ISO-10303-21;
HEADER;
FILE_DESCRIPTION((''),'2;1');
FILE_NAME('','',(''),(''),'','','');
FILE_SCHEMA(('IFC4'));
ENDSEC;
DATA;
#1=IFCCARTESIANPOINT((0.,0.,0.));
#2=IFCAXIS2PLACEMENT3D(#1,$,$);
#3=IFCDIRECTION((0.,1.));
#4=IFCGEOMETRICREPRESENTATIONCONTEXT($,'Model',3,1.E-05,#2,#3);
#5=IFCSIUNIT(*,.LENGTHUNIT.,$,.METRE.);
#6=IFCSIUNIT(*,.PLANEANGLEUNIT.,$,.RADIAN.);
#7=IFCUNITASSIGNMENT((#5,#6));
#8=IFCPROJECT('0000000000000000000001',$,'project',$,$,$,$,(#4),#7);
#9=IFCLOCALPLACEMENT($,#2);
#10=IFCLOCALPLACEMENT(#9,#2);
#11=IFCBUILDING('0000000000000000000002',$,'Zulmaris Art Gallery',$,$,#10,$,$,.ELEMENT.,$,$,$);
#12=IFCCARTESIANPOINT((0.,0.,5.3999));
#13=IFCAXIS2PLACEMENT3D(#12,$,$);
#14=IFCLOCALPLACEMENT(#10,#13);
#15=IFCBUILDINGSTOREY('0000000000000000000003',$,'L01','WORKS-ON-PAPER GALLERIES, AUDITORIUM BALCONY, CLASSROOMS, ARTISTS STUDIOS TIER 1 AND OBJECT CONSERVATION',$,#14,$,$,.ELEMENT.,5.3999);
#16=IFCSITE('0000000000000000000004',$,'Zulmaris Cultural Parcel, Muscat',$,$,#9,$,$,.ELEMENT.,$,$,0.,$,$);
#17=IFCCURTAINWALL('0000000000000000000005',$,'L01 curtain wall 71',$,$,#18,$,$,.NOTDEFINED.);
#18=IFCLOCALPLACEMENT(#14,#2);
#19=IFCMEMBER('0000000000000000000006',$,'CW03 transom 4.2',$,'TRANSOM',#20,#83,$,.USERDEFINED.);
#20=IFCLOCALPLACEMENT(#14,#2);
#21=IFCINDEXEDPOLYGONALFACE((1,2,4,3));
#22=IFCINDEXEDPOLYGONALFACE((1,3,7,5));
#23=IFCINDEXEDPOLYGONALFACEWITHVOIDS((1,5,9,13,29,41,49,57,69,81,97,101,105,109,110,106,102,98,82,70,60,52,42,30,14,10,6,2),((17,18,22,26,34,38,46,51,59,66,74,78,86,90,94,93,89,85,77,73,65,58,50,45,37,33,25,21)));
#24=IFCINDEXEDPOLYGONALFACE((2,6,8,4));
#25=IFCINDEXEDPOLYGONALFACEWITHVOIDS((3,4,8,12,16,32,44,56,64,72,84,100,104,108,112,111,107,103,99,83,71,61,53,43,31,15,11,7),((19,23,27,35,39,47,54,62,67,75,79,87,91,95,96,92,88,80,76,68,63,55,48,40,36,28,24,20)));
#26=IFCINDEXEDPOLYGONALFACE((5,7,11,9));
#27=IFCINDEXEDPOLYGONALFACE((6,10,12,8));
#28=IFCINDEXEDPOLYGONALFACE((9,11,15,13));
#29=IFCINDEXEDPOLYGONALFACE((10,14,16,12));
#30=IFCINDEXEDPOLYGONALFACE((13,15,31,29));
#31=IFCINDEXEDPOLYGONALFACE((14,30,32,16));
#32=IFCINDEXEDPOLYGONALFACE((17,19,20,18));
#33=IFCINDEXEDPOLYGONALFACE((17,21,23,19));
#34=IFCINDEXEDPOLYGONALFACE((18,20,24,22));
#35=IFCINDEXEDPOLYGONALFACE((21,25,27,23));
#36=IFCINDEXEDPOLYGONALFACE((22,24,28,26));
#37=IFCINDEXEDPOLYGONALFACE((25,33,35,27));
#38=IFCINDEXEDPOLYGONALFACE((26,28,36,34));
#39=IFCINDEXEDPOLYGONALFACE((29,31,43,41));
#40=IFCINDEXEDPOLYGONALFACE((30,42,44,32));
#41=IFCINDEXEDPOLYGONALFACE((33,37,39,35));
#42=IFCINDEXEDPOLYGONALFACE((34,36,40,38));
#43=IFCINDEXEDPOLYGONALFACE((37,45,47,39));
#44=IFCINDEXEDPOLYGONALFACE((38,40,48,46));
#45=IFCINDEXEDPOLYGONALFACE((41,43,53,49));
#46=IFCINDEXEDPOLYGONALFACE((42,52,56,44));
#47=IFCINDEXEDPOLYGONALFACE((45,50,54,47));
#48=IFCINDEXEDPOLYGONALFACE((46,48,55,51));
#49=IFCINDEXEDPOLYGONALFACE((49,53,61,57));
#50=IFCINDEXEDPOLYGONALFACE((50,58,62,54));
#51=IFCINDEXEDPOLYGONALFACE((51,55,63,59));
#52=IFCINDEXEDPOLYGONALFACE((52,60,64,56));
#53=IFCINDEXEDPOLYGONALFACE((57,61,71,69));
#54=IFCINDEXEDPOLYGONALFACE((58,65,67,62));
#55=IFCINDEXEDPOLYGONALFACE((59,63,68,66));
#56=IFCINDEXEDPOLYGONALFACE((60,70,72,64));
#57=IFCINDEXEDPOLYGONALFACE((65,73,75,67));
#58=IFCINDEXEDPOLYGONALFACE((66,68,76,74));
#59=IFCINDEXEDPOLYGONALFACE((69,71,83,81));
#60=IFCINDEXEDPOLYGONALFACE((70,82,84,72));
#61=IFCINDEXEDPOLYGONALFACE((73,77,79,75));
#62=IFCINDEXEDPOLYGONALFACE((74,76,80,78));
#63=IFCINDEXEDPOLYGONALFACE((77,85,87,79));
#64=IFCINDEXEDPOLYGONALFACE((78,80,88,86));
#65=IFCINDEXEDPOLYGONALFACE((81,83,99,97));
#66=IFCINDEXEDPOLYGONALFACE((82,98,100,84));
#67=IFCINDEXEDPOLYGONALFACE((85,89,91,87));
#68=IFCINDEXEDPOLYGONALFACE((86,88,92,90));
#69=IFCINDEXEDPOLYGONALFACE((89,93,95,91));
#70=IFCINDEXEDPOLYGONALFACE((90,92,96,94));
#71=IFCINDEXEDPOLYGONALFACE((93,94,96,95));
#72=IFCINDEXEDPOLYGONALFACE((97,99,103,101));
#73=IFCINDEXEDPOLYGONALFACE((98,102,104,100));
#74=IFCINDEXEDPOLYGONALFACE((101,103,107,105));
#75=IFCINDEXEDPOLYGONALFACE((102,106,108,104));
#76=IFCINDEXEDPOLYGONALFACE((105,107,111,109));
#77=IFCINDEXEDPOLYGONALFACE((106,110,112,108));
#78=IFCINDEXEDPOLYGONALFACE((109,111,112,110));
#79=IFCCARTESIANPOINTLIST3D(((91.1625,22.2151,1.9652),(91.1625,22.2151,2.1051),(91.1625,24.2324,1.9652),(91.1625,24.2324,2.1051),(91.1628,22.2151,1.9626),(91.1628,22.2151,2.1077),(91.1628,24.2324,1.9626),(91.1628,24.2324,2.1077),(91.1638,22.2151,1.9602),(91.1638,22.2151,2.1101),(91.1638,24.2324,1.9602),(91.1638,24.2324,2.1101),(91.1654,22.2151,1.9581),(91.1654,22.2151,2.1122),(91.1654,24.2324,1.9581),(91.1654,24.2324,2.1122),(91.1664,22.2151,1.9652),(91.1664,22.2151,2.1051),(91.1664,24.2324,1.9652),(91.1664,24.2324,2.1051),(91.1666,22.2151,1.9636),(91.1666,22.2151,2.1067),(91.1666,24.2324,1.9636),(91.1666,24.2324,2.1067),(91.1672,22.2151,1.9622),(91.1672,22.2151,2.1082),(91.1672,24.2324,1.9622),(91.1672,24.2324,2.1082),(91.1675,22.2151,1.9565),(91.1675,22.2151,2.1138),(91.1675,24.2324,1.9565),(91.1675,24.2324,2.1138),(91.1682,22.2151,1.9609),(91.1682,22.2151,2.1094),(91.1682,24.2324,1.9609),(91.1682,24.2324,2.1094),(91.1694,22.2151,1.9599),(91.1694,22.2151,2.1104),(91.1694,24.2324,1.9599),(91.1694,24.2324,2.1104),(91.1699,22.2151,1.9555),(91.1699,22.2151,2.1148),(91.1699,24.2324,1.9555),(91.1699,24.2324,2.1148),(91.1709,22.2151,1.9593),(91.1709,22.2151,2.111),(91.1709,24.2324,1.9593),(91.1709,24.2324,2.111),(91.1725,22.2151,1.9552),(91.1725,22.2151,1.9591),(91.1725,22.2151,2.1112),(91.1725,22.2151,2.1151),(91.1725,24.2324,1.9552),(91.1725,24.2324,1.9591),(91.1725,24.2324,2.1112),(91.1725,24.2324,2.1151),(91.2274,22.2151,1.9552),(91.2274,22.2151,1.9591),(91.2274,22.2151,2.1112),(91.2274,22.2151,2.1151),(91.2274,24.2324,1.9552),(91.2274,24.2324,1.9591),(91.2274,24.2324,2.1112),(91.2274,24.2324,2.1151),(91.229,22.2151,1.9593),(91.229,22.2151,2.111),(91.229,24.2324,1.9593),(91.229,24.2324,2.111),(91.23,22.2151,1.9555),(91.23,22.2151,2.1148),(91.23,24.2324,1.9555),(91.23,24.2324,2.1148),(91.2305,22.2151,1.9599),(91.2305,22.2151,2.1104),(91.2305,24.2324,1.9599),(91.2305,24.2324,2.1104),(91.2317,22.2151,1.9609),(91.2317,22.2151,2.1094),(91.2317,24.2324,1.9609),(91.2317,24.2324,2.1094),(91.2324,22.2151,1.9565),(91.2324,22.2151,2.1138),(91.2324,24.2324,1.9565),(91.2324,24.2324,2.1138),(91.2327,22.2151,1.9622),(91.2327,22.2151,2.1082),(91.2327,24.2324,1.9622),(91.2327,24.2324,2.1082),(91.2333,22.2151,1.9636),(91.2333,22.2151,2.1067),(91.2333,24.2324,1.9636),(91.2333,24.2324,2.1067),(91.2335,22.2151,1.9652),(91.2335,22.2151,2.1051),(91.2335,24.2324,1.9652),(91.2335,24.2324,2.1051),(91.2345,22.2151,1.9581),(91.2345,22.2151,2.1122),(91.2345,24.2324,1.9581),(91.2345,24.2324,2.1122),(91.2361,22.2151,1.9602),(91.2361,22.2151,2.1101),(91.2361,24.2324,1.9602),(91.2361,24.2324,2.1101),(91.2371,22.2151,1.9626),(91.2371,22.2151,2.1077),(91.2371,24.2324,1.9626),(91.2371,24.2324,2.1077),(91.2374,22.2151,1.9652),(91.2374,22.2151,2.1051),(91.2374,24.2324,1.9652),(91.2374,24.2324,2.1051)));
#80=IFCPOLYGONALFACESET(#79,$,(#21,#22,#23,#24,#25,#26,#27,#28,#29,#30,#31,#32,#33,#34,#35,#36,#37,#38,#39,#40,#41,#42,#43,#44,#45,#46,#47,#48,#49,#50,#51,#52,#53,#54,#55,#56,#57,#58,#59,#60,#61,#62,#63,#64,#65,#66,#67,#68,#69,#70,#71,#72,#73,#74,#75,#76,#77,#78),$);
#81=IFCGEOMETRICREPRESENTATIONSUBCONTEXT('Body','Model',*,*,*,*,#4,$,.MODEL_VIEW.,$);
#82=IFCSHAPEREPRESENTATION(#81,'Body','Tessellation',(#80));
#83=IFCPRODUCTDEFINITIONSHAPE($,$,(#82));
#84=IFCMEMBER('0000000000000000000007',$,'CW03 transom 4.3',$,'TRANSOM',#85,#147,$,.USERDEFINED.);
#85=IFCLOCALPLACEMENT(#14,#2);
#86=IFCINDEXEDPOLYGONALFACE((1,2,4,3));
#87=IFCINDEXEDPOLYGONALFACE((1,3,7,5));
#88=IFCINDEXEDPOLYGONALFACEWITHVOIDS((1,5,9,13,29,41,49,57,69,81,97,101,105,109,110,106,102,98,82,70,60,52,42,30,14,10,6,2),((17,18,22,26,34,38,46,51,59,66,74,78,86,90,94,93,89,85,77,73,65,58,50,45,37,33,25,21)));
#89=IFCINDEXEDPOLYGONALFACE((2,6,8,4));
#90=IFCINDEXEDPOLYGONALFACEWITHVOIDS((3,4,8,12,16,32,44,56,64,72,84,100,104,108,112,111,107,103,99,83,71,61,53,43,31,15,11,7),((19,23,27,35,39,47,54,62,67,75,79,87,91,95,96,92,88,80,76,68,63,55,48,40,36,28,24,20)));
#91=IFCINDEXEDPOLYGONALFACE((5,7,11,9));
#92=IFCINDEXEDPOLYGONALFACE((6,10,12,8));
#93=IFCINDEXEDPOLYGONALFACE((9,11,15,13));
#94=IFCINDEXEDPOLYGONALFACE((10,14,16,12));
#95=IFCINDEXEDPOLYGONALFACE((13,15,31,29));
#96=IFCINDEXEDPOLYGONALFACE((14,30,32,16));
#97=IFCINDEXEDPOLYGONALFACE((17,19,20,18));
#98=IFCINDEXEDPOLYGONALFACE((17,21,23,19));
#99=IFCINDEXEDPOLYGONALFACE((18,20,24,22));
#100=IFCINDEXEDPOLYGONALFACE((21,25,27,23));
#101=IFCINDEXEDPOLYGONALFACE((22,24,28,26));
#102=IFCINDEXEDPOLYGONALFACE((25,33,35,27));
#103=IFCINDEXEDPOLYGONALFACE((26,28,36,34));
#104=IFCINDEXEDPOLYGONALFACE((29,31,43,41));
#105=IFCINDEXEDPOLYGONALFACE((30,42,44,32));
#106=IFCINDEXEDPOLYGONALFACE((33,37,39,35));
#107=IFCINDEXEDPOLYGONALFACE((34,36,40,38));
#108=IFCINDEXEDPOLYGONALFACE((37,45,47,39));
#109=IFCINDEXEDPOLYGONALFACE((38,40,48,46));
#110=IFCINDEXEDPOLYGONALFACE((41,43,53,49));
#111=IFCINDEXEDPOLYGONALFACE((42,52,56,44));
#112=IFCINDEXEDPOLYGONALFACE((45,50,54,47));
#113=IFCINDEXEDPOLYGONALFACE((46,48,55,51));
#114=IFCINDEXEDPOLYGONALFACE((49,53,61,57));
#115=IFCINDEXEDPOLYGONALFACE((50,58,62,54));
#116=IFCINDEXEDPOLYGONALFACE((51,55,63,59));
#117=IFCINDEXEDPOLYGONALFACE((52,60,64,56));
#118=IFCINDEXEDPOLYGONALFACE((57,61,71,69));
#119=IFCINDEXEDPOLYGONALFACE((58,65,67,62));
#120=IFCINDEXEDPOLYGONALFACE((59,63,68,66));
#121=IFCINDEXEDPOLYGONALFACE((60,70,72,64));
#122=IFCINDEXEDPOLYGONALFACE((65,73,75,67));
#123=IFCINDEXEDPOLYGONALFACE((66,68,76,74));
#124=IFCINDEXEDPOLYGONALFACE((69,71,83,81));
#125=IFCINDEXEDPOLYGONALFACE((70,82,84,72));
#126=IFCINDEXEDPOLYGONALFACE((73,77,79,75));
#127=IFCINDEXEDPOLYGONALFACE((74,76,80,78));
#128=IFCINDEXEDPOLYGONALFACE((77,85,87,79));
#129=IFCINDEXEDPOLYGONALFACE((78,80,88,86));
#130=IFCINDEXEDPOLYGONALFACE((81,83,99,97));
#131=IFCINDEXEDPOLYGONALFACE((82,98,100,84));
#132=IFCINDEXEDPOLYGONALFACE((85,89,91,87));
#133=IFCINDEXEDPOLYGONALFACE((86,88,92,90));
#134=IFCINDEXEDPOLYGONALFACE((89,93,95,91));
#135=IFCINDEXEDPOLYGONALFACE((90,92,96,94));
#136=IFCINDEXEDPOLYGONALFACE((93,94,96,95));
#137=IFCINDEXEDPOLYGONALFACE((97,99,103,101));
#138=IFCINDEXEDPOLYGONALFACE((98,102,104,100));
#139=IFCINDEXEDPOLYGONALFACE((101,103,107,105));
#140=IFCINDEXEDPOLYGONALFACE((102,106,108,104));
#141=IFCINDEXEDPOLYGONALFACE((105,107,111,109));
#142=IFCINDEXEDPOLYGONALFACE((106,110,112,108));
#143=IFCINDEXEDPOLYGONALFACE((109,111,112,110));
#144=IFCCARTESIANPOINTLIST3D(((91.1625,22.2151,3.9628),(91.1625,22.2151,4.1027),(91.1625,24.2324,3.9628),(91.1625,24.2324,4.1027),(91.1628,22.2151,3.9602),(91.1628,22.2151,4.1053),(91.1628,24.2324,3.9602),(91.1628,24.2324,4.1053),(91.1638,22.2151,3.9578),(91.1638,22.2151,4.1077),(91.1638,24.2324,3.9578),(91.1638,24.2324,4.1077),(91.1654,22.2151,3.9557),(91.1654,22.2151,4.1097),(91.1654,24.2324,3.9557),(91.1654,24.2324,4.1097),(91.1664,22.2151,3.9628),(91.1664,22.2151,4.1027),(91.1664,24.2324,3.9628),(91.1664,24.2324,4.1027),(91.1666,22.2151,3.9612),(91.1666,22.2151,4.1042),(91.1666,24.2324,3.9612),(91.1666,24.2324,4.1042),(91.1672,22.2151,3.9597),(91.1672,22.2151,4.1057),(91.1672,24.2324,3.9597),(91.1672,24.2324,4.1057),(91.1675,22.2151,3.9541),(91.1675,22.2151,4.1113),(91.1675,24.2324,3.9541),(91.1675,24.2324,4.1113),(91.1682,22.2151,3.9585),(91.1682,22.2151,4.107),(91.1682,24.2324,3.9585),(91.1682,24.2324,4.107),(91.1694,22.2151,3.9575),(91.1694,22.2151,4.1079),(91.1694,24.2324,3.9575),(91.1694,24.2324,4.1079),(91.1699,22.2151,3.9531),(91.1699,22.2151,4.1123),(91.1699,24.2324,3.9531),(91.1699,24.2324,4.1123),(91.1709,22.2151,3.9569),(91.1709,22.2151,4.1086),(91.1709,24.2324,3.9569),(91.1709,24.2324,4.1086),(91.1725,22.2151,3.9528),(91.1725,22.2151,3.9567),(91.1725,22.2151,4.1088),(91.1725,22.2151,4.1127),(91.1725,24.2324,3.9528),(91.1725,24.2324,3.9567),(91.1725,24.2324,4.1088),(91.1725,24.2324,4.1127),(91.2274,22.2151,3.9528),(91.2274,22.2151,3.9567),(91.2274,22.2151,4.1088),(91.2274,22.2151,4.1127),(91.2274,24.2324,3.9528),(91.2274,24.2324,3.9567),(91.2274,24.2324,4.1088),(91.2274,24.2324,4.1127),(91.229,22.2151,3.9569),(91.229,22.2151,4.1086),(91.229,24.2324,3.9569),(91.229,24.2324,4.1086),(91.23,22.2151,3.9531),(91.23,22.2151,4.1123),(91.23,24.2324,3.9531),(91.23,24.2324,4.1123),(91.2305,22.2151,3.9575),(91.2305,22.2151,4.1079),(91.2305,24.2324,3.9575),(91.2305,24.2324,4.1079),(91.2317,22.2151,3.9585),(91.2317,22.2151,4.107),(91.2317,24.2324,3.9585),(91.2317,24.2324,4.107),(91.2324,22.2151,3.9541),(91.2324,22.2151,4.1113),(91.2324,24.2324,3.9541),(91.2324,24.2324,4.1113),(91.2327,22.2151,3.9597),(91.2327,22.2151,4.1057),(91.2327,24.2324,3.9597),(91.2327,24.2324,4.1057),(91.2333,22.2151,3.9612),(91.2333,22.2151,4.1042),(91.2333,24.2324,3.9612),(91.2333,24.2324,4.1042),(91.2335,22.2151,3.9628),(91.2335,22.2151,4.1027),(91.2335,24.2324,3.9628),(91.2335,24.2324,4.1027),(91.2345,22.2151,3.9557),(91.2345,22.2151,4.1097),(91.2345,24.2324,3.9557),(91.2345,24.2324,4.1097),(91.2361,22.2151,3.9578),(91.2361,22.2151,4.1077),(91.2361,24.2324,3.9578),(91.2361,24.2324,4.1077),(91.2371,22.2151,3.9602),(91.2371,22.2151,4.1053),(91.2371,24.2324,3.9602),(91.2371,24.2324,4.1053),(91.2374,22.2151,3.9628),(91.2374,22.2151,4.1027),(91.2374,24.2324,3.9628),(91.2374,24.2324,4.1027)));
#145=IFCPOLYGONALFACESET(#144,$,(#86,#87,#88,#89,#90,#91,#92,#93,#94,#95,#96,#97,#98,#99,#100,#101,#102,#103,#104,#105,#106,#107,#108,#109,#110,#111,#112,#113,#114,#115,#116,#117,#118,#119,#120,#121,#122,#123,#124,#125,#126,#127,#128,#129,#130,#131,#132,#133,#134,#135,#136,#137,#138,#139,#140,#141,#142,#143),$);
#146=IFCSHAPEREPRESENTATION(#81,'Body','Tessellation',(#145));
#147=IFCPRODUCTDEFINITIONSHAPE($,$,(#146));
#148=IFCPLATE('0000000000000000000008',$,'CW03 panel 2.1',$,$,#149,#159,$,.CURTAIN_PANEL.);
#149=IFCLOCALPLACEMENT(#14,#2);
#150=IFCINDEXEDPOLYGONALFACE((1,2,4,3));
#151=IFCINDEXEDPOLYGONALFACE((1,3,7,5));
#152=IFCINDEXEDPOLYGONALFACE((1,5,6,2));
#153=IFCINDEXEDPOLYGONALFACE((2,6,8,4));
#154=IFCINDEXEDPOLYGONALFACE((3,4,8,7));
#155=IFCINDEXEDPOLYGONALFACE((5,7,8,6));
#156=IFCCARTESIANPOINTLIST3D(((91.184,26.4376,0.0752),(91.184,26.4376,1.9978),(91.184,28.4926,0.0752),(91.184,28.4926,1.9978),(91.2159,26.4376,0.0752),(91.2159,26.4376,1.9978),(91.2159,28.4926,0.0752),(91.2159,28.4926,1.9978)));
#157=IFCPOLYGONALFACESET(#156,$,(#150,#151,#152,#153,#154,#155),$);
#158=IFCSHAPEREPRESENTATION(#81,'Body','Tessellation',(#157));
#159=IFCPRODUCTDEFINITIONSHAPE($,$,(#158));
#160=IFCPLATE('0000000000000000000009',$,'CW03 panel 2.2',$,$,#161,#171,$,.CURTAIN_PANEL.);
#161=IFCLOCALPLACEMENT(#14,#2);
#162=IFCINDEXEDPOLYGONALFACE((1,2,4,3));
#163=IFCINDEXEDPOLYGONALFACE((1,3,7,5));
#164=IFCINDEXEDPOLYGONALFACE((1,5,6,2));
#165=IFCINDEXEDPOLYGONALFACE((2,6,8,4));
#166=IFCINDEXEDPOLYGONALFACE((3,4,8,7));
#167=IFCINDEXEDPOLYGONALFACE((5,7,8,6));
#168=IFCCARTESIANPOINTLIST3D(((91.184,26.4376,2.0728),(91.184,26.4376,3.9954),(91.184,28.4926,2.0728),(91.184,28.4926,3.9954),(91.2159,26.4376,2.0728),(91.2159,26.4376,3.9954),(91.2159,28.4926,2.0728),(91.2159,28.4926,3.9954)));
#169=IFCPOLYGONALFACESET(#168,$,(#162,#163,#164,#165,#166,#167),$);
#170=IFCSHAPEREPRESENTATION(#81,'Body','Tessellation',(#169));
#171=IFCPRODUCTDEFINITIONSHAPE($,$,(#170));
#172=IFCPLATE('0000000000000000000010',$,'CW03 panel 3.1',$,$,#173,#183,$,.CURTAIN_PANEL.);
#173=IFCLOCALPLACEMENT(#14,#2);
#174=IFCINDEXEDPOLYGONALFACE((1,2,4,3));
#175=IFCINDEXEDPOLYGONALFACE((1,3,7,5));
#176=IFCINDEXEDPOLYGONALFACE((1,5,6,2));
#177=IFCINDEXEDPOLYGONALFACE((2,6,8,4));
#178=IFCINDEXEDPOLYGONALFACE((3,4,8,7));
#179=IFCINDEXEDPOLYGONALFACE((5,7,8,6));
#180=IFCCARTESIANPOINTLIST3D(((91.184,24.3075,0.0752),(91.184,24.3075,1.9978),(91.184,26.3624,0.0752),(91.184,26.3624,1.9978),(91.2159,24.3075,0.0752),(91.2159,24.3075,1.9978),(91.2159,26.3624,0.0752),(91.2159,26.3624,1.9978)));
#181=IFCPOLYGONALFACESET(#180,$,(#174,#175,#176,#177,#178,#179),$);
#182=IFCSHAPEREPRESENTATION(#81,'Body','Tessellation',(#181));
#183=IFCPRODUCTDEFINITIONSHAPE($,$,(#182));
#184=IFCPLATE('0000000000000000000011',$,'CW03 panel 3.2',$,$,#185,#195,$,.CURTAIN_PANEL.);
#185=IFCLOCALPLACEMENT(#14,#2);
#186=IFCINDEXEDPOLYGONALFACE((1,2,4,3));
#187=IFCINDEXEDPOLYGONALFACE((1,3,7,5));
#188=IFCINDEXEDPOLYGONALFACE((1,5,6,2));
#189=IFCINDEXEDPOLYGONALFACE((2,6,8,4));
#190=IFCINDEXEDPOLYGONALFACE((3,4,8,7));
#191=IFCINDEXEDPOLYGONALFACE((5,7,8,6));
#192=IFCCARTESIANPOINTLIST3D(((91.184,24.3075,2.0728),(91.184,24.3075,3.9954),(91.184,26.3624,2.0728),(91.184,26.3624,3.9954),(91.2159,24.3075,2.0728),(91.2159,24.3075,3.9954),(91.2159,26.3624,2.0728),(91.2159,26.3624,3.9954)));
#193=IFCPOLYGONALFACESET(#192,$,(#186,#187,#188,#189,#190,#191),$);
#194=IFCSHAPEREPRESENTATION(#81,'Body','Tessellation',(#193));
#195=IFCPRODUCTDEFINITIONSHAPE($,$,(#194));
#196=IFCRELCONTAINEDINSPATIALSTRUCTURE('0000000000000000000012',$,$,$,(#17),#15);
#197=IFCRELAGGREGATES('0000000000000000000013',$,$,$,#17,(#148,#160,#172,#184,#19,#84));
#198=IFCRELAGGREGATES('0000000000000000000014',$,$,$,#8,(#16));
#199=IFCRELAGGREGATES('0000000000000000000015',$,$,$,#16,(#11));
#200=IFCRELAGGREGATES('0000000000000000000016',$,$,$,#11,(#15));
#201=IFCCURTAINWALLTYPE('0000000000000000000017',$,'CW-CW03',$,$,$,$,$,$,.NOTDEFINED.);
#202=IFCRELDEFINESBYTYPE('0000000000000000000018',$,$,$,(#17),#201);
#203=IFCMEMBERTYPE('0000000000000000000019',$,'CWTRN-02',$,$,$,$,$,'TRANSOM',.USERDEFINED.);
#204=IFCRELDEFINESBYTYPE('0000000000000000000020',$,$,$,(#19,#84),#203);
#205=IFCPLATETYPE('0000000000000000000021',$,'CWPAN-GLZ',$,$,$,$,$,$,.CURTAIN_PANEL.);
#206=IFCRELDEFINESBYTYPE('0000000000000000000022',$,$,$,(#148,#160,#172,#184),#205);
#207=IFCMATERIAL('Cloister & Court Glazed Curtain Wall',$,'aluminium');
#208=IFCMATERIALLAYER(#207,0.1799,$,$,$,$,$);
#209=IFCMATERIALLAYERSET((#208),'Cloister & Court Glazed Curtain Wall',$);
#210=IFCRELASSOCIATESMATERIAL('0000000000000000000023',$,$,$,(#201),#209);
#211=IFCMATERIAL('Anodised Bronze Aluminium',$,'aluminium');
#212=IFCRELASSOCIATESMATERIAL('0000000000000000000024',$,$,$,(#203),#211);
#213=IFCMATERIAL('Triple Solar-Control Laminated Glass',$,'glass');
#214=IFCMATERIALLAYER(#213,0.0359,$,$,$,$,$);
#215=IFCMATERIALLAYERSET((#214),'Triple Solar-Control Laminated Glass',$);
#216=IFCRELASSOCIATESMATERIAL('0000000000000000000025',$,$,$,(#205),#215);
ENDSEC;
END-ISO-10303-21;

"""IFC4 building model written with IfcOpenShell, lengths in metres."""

from ifc_helpers import new_model, si_unit, direction, frame, origin, origin_2d, place, context, subcontext, project, spatial, rectangle, hollow_rectangle, extrude, material, layer, layer_set, material_profile, profile_set, type_object, element, aggregate, save


model = new_model("IFC4")

# Units and contexts
model_context = context("Model", 3, precision=1e-05, world=origin(), true_north=direction((0.0, 1.0)))
body_context = subcontext(model_context, "Body", "Model", "MODEL_VIEW")
ifc_project = project(units=[si_unit("LENGTHUNIT", "METRE"), si_unit("PLANEANGLEUNIT", "RADIAN")], contexts=[model_context])

# Site, building, storey
site_placement = place(None, origin())
site = spatial("IfcSite", under=ifc_project, at=site_placement, Name="Zulmaris Cultural Parcel, Muscat", CompositionType="ELEMENT", RefElevation=0.0)
building_placement = place(site_placement, origin())
building = spatial("IfcBuilding", under=site, at=building_placement, Name="Zulmaris Art Gallery", CompositionType="ELEMENT")
storey_placement = place(building_placement, frame((0.0, 0.0, 5.3999)))
storey = spatial("IfcBuildingStorey", under=building, at=storey_placement, Name="L01", Description="WORKS-ON-PAPER GALLERIES, AUDITORIUM BALCONY, CLASSROOMS, ARTISTS STUDIOS TIER 1 AND OBJECT CONSERVATION", CompositionType="ELEMENT", Elevation=5.3999)

# Curtain wall, members, plates
ifc_material_1 = material(Name="Cloister & Court Glazed Curtain Wall", Category="aluminium")
ifc_layer_1 = layer(ifc_material_1, 0.1799)
ifc_layer_set_1 = layer_set([ifc_layer_1], Name="Cloister & Court Glazed Curtain Wall")
curtain_wall_type = type_object("IfcCurtainWallType", Name="CW-CW03", PredefinedType="NOTDEFINED", material=ifc_layer_set_1)
curtain_wall_placement = place(storey_placement, origin())
curtain_wall = element("IfcCurtainWall", 1, at=curtain_wall_placement, inside=storey, type_object=curtain_wall_type, Name="L01 curtain wall 71", PredefinedType="NOTDEFINED")
ifc_material_2 = material(Name="Anodised Bronze Aluminium", Category="aluminium")
ifc_material_profile_1 = material_profile(ifc_material_2, hollow_rectangle(XDim=0.075, YDim=0.1599, WallThickness=0.0039, InnerFilletRadius=0.0061, OuterFilletRadius=0.01, at=origin_2d()), Name="ALU 75x160x4")
ifc_profile_set_1 = profile_set([ifc_material_profile_1], Name="Anodised Bronze Aluminium")
member_type_1 = type_object("IfcMemberType", Name="CWTRN-02", ElementType="TRANSOM", PredefinedType="USERDEFINED", material=ifc_profile_set_1)
member_1_placement = place(storey_placement, frame((91.2, 24.2324, 2.0352), z_axis=(0.0, -1.0, 0.0), x_axis=(1.0, 0.0, 0.0)))
member_1 = element("IfcMember", 2, at=member_1_placement, type_object=member_type_1, Name="CW03 transom 4.2", ObjectType="TRANSOM", PredefinedType="USERDEFINED", context=body_context, shape_type="SweptSolid", body=[
    extrude(hollow_rectangle(XDim=0.075, YDim=0.1599, WallThickness=0.0039, InnerFilletRadius=0.0061, OuterFilletRadius=0.01, at=origin_2d()), origin(), (0.0, 0.0, 1.0), 2.0173),
])
member_2_placement = place(storey_placement, frame((91.2, 24.2324, 4.0327), z_axis=(0.0, -1.0, 0.0), x_axis=(1.0, 0.0, 0.0)))
member_2 = element("IfcMember", 3, at=member_2_placement, type_object=member_type_1, Name="CW03 transom 4.3", ObjectType="TRANSOM", PredefinedType="USERDEFINED", context=body_context, shape_type="SweptSolid", body=[
    extrude(hollow_rectangle(XDim=0.075, YDim=0.1599, WallThickness=0.0039, InnerFilletRadius=0.0061, OuterFilletRadius=0.01, at=origin_2d()), origin(), (0.0, 0.0, 1.0), 2.0173),
])
ifc_material_3 = material(Name="Triple Solar-Control Laminated Glass", Category="glass")
ifc_layer_2 = layer(ifc_material_3, 0.0359)
ifc_layer_set_2 = layer_set([ifc_layer_2], Name="Triple Solar-Control Laminated Glass")
plate_type = type_object("IfcPlateType", Name="CWPAN-GLZ", PredefinedType="CURTAIN_PANEL", material=ifc_layer_set_2)
plate_1_placement = place(storey_placement, frame((91.2, 27.4651, 0.0752), z_axis=(0.0, 0.0, 1.0), x_axis=(0.0, -1.0, 0.0)))
plate_1 = element("IfcPlate", 4, at=plate_1_placement, type_object=plate_type, Name="CW03 panel 2.1", PredefinedType="CURTAIN_PANEL", context=body_context, shape_type="SweptSolid", body=[
    extrude(rectangle(XDim=2.0549, YDim=0.032, at=origin_2d()), origin(), (0.0, 0.0, 1.0), 1.9226),
])
plate_2_placement = place(storey_placement, frame((91.2, 27.4651, 2.0728), z_axis=(0.0, 0.0, 1.0), x_axis=(0.0, -1.0, 0.0)))
plate_2 = element("IfcPlate", 5, at=plate_2_placement, type_object=plate_type, Name="CW03 panel 2.2", PredefinedType="CURTAIN_PANEL", context=body_context, shape_type="SweptSolid", body=[
    extrude(rectangle(XDim=2.0549, YDim=0.032, at=origin_2d()), origin(), (0.0, 0.0, 1.0), 1.9226),
])
plate_3_placement = place(storey_placement, frame((91.2, 25.335, 0.0752), z_axis=(0.0, 0.0, 1.0), x_axis=(0.0, -1.0, 0.0)))
plate_3 = element("IfcPlate", 6, at=plate_3_placement, type_object=plate_type, Name="CW03 panel 3.1", PredefinedType="CURTAIN_PANEL", context=body_context, shape_type="SweptSolid", body=[
    extrude(rectangle(XDim=2.0549, YDim=0.032, at=origin_2d()), origin(), (0.0, 0.0, 1.0), 1.9226),
])
plate_4_placement = place(storey_placement, frame((91.2, 25.335, 2.0728), z_axis=(0.0, 0.0, 1.0), x_axis=(0.0, -1.0, 0.0)))
plate_4 = element("IfcPlate", 7, at=plate_4_placement, type_object=plate_type, Name="CW03 panel 3.2", PredefinedType="CURTAIN_PANEL", context=body_context, shape_type="SweptSolid", body=[
    extrude(rectangle(XDim=2.0549, YDim=0.032, at=origin_2d()), origin(), (0.0, 0.0, 1.0), 1.9226),
])
aggregate(curtain_wall, [plate_1, plate_2, plate_3, plate_4, member_1, member_2])

save(model, "model.ifc")
